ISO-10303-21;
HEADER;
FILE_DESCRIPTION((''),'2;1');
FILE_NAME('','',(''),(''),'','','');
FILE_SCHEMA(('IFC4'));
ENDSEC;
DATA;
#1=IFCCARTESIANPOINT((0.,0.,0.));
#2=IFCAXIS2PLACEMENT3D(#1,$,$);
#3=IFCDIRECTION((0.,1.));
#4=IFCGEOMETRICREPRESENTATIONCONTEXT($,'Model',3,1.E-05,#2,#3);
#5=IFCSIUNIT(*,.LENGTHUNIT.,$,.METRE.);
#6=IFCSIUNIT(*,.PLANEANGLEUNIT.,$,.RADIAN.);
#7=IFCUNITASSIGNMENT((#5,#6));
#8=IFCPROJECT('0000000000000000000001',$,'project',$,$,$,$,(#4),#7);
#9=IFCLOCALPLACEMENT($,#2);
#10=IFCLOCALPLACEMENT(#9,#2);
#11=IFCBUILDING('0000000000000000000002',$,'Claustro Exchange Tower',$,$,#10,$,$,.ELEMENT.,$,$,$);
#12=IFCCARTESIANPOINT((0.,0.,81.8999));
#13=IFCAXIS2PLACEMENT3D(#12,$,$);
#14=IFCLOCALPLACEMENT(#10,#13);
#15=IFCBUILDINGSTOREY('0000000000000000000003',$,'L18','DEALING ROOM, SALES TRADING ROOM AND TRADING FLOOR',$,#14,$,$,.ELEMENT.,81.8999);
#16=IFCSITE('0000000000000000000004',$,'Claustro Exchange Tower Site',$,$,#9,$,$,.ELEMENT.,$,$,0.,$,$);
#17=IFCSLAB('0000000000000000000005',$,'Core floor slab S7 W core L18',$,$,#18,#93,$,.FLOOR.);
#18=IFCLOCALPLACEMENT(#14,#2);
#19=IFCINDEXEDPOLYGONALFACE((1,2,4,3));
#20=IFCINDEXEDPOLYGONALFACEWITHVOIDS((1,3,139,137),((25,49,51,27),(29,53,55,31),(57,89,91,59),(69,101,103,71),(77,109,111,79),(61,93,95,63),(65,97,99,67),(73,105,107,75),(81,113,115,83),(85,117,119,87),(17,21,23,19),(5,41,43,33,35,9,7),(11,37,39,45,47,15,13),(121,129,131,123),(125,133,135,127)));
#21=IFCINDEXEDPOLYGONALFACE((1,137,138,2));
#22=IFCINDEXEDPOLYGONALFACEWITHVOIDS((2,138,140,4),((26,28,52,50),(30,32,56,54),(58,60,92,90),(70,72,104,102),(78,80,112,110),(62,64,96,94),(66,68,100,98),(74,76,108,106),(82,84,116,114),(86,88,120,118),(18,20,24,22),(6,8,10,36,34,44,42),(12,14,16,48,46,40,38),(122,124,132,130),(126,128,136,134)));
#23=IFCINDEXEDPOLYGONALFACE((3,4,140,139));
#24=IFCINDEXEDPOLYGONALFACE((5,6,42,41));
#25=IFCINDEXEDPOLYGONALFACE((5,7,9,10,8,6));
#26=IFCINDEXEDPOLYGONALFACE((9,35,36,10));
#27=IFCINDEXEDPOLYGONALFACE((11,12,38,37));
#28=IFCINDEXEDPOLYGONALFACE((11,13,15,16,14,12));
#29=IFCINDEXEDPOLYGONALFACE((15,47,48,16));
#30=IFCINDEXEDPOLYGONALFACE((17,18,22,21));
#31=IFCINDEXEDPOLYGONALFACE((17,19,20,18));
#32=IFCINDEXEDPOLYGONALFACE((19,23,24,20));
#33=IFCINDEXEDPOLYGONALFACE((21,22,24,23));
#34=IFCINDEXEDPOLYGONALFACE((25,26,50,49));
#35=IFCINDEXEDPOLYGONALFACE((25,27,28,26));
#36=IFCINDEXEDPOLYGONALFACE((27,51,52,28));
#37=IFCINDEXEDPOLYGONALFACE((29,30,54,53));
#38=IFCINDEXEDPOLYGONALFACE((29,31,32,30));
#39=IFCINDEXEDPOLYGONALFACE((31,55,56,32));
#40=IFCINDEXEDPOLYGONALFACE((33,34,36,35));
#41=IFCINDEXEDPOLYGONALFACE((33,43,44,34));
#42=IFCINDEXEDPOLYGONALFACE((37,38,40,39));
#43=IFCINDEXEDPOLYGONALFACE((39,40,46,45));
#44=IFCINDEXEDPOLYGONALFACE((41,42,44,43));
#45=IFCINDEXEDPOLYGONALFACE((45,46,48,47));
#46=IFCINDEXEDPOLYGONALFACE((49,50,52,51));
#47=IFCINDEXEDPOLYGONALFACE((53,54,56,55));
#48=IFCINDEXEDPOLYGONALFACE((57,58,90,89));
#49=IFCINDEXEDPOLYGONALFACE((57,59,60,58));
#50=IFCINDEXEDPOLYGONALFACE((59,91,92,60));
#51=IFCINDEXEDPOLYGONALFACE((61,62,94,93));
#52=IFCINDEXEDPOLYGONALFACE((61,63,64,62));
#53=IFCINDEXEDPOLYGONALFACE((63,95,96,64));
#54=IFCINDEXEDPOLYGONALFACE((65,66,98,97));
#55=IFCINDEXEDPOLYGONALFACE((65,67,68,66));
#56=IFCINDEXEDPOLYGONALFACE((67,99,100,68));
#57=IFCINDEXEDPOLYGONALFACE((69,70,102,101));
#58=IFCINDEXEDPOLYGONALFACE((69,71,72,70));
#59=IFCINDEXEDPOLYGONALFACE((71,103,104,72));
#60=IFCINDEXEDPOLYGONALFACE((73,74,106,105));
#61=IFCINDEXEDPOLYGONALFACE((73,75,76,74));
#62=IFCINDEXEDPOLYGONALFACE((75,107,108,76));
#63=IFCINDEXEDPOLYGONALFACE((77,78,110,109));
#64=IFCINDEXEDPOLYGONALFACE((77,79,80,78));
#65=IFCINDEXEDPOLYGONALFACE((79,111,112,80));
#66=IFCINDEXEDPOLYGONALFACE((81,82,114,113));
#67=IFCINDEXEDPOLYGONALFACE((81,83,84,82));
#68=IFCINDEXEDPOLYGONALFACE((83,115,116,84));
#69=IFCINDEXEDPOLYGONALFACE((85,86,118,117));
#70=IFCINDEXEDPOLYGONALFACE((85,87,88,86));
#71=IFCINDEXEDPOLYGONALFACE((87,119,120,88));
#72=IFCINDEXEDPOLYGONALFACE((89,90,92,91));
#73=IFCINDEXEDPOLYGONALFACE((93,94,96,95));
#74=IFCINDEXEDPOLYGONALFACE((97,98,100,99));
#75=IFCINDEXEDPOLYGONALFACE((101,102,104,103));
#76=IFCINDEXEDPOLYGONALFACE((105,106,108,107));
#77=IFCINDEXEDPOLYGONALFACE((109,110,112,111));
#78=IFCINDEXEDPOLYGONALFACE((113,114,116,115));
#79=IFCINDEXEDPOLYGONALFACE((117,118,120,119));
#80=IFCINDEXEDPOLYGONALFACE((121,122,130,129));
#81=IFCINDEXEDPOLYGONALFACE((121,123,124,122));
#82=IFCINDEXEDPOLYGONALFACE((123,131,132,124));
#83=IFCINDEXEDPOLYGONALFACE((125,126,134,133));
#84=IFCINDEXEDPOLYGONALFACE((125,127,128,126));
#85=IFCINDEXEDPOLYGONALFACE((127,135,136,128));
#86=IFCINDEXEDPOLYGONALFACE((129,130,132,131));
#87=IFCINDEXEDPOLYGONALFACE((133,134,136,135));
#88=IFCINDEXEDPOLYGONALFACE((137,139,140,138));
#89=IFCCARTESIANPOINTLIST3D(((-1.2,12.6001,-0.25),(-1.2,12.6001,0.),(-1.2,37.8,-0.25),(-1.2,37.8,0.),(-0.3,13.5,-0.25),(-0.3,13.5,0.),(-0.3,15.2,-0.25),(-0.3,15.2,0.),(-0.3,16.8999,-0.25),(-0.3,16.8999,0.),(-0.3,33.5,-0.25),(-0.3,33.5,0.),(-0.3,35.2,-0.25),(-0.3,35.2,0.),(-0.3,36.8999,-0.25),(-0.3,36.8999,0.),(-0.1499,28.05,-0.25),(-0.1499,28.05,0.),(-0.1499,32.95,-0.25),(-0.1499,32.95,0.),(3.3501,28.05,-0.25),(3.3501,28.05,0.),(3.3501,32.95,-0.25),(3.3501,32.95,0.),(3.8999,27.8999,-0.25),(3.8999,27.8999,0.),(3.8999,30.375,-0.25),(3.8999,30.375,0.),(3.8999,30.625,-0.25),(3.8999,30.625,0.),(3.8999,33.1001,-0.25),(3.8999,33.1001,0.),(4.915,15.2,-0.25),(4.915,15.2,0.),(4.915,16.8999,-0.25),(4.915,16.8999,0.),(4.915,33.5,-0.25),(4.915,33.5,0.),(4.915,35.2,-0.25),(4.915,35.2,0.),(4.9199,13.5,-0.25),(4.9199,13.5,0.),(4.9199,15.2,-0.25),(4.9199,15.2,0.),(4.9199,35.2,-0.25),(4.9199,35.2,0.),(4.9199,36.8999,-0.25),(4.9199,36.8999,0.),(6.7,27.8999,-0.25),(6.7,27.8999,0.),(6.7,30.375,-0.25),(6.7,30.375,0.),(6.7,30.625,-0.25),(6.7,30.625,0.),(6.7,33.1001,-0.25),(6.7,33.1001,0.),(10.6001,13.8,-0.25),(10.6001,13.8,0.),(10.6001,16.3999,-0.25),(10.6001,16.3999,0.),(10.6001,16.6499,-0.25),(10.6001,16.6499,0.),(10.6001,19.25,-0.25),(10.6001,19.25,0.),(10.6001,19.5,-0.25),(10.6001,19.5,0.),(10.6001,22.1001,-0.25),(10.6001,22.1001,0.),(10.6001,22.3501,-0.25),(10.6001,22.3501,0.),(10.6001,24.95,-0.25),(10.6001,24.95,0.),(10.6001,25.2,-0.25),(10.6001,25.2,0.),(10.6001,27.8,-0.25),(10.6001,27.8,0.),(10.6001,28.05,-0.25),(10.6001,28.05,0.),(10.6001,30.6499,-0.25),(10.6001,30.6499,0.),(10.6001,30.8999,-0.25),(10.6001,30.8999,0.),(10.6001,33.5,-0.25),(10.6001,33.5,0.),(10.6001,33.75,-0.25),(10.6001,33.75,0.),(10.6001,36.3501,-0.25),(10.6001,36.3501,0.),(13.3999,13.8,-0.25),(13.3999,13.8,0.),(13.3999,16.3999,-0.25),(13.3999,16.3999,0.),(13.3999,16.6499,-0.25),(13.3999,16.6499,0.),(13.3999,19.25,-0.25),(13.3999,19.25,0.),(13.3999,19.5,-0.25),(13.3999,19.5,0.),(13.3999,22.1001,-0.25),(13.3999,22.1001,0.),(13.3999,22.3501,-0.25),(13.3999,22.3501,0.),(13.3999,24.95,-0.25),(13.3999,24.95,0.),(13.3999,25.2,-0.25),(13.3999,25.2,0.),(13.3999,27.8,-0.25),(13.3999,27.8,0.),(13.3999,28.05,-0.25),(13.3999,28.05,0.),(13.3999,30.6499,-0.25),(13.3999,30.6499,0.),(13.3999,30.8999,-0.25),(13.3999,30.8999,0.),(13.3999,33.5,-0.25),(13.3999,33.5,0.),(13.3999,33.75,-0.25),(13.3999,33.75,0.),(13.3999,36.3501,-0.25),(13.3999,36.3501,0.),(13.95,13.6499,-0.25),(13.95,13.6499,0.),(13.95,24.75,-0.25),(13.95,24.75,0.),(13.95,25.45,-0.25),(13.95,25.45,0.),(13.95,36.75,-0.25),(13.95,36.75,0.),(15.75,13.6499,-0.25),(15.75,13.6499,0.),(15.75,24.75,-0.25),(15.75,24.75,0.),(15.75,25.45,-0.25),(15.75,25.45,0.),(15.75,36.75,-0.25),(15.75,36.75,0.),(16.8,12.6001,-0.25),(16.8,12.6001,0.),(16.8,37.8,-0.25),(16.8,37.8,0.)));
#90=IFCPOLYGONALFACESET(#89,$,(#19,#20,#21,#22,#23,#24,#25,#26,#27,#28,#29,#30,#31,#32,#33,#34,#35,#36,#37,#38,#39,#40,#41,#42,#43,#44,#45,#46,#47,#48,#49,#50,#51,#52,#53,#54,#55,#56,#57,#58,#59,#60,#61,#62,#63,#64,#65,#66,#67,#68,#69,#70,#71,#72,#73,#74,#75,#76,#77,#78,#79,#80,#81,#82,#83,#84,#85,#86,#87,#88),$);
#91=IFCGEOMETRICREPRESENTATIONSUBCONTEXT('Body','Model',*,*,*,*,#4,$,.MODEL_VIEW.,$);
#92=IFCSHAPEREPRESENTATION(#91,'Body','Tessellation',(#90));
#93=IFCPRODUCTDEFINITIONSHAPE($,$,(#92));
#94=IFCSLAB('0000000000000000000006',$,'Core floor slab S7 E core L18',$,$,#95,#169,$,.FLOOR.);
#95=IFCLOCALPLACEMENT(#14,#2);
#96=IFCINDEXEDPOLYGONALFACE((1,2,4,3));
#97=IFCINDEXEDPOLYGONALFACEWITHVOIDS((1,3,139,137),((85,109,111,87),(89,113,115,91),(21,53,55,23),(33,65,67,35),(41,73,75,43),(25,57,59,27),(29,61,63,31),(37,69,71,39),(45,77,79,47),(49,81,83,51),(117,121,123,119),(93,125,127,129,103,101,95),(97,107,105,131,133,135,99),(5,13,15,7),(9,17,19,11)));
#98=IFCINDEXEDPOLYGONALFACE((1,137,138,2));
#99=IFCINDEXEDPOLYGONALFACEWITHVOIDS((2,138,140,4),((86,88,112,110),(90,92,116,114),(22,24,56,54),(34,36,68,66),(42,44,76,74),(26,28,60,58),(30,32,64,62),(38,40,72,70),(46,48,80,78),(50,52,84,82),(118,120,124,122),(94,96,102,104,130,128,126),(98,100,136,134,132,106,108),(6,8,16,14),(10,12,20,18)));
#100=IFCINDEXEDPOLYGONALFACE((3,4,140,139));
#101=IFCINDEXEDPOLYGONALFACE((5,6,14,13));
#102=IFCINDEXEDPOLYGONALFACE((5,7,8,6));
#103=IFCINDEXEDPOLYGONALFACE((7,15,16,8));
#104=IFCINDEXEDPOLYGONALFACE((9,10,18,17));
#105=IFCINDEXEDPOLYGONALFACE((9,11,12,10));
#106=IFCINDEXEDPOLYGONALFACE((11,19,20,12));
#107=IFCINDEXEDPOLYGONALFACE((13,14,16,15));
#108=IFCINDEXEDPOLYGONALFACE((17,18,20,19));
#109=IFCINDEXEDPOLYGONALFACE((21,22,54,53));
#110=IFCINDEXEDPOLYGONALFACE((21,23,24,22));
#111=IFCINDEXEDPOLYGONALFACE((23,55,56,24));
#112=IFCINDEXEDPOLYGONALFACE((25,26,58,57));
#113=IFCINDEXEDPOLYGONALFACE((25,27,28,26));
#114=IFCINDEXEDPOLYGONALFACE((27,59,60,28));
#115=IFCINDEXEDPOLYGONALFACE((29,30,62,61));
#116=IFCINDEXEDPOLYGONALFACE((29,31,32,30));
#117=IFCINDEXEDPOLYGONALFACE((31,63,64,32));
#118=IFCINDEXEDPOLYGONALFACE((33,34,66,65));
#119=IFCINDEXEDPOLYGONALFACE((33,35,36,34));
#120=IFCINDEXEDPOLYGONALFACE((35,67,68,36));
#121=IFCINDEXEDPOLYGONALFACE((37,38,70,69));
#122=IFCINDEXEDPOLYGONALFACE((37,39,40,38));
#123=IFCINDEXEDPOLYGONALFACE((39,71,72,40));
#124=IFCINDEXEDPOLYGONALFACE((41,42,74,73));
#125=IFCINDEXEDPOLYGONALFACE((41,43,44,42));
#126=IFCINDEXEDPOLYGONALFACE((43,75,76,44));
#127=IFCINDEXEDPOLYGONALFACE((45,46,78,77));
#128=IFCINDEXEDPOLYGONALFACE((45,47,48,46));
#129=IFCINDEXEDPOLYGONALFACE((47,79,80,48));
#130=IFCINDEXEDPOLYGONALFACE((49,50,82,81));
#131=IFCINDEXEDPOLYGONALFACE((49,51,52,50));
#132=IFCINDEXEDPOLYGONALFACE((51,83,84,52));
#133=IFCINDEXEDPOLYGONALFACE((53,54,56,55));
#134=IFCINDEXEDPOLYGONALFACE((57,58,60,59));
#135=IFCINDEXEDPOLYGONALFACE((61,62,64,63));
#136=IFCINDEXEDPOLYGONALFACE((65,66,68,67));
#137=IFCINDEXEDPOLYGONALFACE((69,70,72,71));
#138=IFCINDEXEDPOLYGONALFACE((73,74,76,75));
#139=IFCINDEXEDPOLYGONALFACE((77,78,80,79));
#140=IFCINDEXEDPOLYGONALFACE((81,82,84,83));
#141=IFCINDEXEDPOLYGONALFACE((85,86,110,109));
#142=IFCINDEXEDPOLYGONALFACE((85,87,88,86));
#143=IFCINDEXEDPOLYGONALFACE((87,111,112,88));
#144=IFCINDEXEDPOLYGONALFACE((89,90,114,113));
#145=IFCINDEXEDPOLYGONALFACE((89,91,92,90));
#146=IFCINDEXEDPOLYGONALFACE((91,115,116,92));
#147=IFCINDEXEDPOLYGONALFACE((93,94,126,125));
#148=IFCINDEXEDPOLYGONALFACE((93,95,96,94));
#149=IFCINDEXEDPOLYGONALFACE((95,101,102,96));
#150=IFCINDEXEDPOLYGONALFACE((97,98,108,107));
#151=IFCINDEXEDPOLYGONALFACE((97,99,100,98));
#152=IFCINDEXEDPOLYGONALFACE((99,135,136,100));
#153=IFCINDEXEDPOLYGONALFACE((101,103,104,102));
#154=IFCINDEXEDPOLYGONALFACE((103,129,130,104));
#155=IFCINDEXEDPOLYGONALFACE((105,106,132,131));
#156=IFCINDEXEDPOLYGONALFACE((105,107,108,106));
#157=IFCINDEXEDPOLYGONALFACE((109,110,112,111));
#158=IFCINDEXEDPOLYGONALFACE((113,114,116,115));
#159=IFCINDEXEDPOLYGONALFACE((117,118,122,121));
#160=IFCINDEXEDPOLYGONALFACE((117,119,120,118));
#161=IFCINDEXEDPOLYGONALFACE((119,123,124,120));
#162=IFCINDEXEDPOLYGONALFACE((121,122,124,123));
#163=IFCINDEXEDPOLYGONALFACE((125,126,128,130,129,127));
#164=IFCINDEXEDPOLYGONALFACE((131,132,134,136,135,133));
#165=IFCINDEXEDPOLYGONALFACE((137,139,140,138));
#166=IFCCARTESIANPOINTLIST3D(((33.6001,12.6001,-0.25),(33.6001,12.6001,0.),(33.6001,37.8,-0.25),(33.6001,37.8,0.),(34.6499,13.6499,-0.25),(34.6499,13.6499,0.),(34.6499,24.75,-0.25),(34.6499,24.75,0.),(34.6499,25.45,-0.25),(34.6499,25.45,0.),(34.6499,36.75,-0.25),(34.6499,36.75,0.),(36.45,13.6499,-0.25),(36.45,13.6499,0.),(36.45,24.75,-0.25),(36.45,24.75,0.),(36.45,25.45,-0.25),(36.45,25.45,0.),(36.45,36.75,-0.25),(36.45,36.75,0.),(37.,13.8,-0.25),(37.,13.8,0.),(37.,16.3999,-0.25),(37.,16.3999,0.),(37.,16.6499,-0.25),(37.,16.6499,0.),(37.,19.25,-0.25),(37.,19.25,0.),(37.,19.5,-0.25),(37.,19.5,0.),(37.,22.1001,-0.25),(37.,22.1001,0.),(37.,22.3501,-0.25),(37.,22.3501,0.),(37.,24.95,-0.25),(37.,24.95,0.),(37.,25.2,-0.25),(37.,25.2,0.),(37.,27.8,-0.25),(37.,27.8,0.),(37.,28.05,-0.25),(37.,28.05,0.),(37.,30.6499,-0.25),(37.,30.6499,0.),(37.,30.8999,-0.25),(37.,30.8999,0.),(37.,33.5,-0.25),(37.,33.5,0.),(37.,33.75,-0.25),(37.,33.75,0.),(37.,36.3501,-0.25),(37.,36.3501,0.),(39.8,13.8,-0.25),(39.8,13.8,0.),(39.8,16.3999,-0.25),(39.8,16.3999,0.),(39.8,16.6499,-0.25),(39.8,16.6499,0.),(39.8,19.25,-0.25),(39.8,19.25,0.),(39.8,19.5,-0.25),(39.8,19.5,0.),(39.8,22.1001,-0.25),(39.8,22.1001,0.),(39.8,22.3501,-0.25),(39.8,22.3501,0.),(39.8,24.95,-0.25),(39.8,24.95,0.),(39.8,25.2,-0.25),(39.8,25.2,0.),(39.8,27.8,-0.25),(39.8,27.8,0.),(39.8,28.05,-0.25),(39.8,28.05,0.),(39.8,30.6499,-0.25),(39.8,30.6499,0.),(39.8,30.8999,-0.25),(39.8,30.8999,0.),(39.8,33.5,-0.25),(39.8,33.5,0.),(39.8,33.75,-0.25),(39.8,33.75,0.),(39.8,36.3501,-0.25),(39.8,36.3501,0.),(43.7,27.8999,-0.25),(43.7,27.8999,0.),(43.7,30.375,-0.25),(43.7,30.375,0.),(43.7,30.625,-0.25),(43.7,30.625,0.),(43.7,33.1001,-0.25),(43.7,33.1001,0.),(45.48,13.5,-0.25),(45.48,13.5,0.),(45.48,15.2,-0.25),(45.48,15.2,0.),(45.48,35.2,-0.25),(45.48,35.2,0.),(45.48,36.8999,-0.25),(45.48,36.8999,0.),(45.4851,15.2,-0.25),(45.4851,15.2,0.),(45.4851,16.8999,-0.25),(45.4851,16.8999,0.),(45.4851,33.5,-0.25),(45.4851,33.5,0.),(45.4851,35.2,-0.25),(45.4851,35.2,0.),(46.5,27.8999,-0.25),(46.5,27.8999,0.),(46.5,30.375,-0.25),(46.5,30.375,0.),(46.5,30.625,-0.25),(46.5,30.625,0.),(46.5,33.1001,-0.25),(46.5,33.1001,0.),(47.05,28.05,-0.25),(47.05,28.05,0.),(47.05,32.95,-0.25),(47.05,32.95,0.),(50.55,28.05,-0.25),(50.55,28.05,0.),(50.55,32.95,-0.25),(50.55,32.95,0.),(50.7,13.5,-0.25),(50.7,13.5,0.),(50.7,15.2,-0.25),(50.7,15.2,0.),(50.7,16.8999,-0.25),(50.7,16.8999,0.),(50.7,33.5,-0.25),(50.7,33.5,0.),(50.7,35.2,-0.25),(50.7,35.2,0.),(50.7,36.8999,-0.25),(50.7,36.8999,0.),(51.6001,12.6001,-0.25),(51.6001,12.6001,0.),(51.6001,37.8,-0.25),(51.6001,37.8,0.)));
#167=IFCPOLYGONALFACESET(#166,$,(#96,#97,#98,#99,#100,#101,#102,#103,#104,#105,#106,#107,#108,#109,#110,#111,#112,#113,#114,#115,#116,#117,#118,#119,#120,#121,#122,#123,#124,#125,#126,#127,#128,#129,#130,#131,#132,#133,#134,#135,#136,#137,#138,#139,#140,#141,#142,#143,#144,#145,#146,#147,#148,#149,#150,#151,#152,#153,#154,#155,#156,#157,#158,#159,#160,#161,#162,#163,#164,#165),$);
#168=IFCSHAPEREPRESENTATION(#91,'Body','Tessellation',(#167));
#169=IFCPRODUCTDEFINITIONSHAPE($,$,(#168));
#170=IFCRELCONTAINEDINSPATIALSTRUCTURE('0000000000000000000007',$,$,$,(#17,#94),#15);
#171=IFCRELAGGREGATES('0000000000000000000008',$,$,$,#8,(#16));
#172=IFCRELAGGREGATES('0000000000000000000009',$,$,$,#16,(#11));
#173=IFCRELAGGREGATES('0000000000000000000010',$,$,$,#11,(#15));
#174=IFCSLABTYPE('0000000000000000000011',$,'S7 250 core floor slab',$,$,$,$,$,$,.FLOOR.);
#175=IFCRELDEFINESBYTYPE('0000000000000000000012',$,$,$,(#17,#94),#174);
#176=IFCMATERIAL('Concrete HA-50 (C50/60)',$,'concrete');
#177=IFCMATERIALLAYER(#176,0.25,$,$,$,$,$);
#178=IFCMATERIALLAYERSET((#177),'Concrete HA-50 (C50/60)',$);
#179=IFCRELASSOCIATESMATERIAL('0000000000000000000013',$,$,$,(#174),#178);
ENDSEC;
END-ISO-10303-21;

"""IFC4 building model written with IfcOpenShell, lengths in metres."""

from ifc_helpers import new_model, si_unit, direction, frame, origin, place, context, subcontext, project, spatial, polyline, outline, extrude, material, layer, layer_set, type_object, element, save


model = new_model("IFC4")

# Units and contexts
model_context = context("Model", 3, precision=1e-05, world=origin(), true_north=direction((0.0, 1.0)))
body_context = subcontext(model_context, "Body", "Model", "MODEL_VIEW")
ifc_project = project(units=[si_unit("LENGTHUNIT", "METRE"), si_unit("PLANEANGLEUNIT", "RADIAN")], contexts=[model_context])

# Site, building, storey
site_placement = place(None, origin())
site = spatial("IfcSite", under=ifc_project, at=site_placement, Name="Claustro Exchange Tower Site", CompositionType="ELEMENT", RefElevation=0.0)
building_placement = place(site_placement, origin())
building = spatial("IfcBuilding", under=site, at=building_placement, Name="Claustro Exchange Tower", CompositionType="ELEMENT")
storey_placement = place(building_placement, frame((0.0, 0.0, 81.8999)))
storey = spatial("IfcBuildingStorey", under=building, at=storey_placement, Name="L18", Description="DEALING ROOM, SALES TRADING ROOM AND TRADING FLOOR", CompositionType="ELEMENT", Elevation=81.8999)

# Slabs
ifc_material_1 = material(Name="Concrete HA-50 (C50/60)", Category="concrete")
ifc_layer_1 = layer(ifc_material_1, 0.25)
ifc_layer_set_1 = layer_set([ifc_layer_1], Name="Concrete HA-50 (C50/60)")
slab_type_1 = type_object("IfcSlabType", Name="S7 250 core floor slab", PredefinedType="FLOOR", material=ifc_layer_set_1)
slab_1_placement = place(storey_placement, frame((0.0, 0.0, -0.25)))
element("IfcSlab", 1, at=slab_1_placement, inside=storey, type_object=slab_type_1, Name="Core floor slab S7 W core L18", PredefinedType="FLOOR", context=body_context, shape_type="SweptSolid", body=[
    extrude(outline(polyline([(-1.2, 12.6001), (16.8, 12.6001), (16.8, 37.8), (-1.2, 37.8), (-1.2, 12.6001)]), holes=[polyline([(15.75, 24.75), (15.75, 13.6499), (13.95, 13.6499), (13.95, 24.75), (15.75, 24.75)]), polyline([(15.75, 36.75), (15.75, 25.45), (13.95, 25.45), (13.95, 36.75), (15.75, 36.75)]), polyline([(10.6001, 16.3999), (13.3999, 16.3999), (13.3999, 13.8), (10.6001, 13.8), (10.6001, 16.3999)]), polyline([(13.3999, 19.25), (13.3999, 16.6499), (10.6001, 16.6499), (10.6001, 19.25), (13.3999, 19.25)]), polyline([(13.3999, 22.1001), (13.3999, 19.5), (10.6001, 19.5), (10.6001, 22.1001), (13.3999, 22.1001)]), polyline([(13.3999, 24.95), (13.3999, 22.3501), (10.6001, 22.3501), (10.6001, 24.95), (13.3999, 24.95)]), polyline([(13.3999, 27.8), (13.3999, 25.2), (10.6001, 25.2), (10.6001, 27.8), (13.3999, 27.8)]), polyline([(13.3999, 30.6499), (13.3999, 28.05), (10.6001, 28.05), (10.6001, 30.6499), (13.3999, 30.6499)]), polyline([(13.3999, 33.5), (13.3999, 30.8999), (10.6001, 30.8999), (10.6001, 33.5), (13.3999, 33.5)]), polyline([(13.3999, 36.3501), (13.3999, 33.75), (10.6001, 33.75), (10.6001, 36.3501), (13.3999, 36.3501)]), polyline([(6.7, 30.375), (6.7, 27.8999), (3.8999, 27.8999), (3.8999, 30.375), (6.7, 30.375)]), polyline([(6.7, 33.1001), (6.7, 30.625), (3.8999, 30.625), (3.8999, 33.1001), (6.7, 33.1001)]), polyline([(-0.3, 15.2), (-0.3, 16.8999), (4.915, 16.8999), (4.915, 15.2), (4.9199, 15.2), (4.9199, 13.5), (-0.3, 13.5), (-0.3, 15.2)]), polyline([(-0.3, 36.8999), (4.9199, 36.8999), (4.9199, 35.2), (4.915, 35.2), (4.915, 33.5), (-0.3, 33.5), (-0.3, 35.2), (-0.3, 36.8999)]), polyline([(3.3501, 32.95), (3.3501, 28.05), (-0.1499, 28.05), (-0.1499, 32.95), (3.3501, 32.95)])]), origin(), (0.0, 0.0, 1.0), 0.25),
])
slab_2_placement = place(storey_placement, frame((0.0, 0.0, -0.25)))
element("IfcSlab", 2, at=slab_2_placement, inside=storey, type_object=slab_type_1, Name="Core floor slab S7 E core L18", PredefinedType="FLOOR", context=body_context, shape_type="SweptSolid", body=[
    extrude(outline(polyline([(33.6001, 12.6001), (51.6001, 12.6001), (51.6001, 37.8), (33.6001, 37.8), (33.6001, 12.6001)]), holes=[polyline([(45.48, 35.2), (45.48, 36.8999), (50.7, 36.8999), (50.7, 35.2), (50.7, 33.5), (45.4851, 33.5), (45.4851, 35.2), (45.48, 35.2)]), polyline([(45.4851, 15.2), (45.4851, 16.8999), (50.7, 16.8999), (50.7, 15.2), (50.7, 13.5), (45.48, 13.5), (45.48, 15.2), (45.4851, 15.2)]), polyline([(50.55, 32.95), (50.55, 28.05), (47.05, 28.05), (47.05, 32.95), (50.55, 32.95)]), polyline([(46.5, 30.375), (46.5, 27.8999), (43.7, 27.8999), (43.7, 30.375), (46.5, 30.375)]), polyline([(46.5, 33.1001), (46.5, 30.625), (43.7, 30.625), (43.7, 33.1001), (46.5, 33.1001)]), polyline([(37.0, 16.3999), (39.8, 16.3999), (39.8, 13.8), (37.0, 13.8), (37.0, 16.3999)]), polyline([(39.8, 19.25), (39.8, 16.6499), (37.0, 16.6499), (37.0, 19.25), (39.8, 19.25)]), polyline([(39.8, 22.1001), (39.8, 19.5), (37.0, 19.5), (37.0, 22.1001), (39.8, 22.1001)]), polyline([(39.8, 24.95), (39.8, 22.3501), (37.0, 22.3501), (37.0, 24.95), (39.8, 24.95)]), polyline([(39.8, 27.8), (39.8, 25.2), (37.0, 25.2), (37.0, 27.8), (39.8, 27.8)]), polyline([(39.8, 30.6499), (39.8, 28.05), (37.0, 28.05), (37.0, 30.6499), (39.8, 30.6499)]), polyline([(39.8, 33.5), (39.8, 30.8999), (37.0, 30.8999), (37.0, 33.5), (39.8, 33.5)]), polyline([(39.8, 36.3501), (39.8, 33.75), (37.0, 33.75), (37.0, 36.3501), (39.8, 36.3501)]), polyline([(36.45, 24.75), (36.45, 13.6499), (34.6499, 13.6499), (34.6499, 24.75), (36.45, 24.75)]), polyline([(36.45, 36.75), (36.45, 25.45), (34.6499, 25.45), (34.6499, 36.75), (36.45, 36.75)])]), origin(), (0.0, 0.0, 1.0), 0.25),
])

save(model, "model.ifc")
